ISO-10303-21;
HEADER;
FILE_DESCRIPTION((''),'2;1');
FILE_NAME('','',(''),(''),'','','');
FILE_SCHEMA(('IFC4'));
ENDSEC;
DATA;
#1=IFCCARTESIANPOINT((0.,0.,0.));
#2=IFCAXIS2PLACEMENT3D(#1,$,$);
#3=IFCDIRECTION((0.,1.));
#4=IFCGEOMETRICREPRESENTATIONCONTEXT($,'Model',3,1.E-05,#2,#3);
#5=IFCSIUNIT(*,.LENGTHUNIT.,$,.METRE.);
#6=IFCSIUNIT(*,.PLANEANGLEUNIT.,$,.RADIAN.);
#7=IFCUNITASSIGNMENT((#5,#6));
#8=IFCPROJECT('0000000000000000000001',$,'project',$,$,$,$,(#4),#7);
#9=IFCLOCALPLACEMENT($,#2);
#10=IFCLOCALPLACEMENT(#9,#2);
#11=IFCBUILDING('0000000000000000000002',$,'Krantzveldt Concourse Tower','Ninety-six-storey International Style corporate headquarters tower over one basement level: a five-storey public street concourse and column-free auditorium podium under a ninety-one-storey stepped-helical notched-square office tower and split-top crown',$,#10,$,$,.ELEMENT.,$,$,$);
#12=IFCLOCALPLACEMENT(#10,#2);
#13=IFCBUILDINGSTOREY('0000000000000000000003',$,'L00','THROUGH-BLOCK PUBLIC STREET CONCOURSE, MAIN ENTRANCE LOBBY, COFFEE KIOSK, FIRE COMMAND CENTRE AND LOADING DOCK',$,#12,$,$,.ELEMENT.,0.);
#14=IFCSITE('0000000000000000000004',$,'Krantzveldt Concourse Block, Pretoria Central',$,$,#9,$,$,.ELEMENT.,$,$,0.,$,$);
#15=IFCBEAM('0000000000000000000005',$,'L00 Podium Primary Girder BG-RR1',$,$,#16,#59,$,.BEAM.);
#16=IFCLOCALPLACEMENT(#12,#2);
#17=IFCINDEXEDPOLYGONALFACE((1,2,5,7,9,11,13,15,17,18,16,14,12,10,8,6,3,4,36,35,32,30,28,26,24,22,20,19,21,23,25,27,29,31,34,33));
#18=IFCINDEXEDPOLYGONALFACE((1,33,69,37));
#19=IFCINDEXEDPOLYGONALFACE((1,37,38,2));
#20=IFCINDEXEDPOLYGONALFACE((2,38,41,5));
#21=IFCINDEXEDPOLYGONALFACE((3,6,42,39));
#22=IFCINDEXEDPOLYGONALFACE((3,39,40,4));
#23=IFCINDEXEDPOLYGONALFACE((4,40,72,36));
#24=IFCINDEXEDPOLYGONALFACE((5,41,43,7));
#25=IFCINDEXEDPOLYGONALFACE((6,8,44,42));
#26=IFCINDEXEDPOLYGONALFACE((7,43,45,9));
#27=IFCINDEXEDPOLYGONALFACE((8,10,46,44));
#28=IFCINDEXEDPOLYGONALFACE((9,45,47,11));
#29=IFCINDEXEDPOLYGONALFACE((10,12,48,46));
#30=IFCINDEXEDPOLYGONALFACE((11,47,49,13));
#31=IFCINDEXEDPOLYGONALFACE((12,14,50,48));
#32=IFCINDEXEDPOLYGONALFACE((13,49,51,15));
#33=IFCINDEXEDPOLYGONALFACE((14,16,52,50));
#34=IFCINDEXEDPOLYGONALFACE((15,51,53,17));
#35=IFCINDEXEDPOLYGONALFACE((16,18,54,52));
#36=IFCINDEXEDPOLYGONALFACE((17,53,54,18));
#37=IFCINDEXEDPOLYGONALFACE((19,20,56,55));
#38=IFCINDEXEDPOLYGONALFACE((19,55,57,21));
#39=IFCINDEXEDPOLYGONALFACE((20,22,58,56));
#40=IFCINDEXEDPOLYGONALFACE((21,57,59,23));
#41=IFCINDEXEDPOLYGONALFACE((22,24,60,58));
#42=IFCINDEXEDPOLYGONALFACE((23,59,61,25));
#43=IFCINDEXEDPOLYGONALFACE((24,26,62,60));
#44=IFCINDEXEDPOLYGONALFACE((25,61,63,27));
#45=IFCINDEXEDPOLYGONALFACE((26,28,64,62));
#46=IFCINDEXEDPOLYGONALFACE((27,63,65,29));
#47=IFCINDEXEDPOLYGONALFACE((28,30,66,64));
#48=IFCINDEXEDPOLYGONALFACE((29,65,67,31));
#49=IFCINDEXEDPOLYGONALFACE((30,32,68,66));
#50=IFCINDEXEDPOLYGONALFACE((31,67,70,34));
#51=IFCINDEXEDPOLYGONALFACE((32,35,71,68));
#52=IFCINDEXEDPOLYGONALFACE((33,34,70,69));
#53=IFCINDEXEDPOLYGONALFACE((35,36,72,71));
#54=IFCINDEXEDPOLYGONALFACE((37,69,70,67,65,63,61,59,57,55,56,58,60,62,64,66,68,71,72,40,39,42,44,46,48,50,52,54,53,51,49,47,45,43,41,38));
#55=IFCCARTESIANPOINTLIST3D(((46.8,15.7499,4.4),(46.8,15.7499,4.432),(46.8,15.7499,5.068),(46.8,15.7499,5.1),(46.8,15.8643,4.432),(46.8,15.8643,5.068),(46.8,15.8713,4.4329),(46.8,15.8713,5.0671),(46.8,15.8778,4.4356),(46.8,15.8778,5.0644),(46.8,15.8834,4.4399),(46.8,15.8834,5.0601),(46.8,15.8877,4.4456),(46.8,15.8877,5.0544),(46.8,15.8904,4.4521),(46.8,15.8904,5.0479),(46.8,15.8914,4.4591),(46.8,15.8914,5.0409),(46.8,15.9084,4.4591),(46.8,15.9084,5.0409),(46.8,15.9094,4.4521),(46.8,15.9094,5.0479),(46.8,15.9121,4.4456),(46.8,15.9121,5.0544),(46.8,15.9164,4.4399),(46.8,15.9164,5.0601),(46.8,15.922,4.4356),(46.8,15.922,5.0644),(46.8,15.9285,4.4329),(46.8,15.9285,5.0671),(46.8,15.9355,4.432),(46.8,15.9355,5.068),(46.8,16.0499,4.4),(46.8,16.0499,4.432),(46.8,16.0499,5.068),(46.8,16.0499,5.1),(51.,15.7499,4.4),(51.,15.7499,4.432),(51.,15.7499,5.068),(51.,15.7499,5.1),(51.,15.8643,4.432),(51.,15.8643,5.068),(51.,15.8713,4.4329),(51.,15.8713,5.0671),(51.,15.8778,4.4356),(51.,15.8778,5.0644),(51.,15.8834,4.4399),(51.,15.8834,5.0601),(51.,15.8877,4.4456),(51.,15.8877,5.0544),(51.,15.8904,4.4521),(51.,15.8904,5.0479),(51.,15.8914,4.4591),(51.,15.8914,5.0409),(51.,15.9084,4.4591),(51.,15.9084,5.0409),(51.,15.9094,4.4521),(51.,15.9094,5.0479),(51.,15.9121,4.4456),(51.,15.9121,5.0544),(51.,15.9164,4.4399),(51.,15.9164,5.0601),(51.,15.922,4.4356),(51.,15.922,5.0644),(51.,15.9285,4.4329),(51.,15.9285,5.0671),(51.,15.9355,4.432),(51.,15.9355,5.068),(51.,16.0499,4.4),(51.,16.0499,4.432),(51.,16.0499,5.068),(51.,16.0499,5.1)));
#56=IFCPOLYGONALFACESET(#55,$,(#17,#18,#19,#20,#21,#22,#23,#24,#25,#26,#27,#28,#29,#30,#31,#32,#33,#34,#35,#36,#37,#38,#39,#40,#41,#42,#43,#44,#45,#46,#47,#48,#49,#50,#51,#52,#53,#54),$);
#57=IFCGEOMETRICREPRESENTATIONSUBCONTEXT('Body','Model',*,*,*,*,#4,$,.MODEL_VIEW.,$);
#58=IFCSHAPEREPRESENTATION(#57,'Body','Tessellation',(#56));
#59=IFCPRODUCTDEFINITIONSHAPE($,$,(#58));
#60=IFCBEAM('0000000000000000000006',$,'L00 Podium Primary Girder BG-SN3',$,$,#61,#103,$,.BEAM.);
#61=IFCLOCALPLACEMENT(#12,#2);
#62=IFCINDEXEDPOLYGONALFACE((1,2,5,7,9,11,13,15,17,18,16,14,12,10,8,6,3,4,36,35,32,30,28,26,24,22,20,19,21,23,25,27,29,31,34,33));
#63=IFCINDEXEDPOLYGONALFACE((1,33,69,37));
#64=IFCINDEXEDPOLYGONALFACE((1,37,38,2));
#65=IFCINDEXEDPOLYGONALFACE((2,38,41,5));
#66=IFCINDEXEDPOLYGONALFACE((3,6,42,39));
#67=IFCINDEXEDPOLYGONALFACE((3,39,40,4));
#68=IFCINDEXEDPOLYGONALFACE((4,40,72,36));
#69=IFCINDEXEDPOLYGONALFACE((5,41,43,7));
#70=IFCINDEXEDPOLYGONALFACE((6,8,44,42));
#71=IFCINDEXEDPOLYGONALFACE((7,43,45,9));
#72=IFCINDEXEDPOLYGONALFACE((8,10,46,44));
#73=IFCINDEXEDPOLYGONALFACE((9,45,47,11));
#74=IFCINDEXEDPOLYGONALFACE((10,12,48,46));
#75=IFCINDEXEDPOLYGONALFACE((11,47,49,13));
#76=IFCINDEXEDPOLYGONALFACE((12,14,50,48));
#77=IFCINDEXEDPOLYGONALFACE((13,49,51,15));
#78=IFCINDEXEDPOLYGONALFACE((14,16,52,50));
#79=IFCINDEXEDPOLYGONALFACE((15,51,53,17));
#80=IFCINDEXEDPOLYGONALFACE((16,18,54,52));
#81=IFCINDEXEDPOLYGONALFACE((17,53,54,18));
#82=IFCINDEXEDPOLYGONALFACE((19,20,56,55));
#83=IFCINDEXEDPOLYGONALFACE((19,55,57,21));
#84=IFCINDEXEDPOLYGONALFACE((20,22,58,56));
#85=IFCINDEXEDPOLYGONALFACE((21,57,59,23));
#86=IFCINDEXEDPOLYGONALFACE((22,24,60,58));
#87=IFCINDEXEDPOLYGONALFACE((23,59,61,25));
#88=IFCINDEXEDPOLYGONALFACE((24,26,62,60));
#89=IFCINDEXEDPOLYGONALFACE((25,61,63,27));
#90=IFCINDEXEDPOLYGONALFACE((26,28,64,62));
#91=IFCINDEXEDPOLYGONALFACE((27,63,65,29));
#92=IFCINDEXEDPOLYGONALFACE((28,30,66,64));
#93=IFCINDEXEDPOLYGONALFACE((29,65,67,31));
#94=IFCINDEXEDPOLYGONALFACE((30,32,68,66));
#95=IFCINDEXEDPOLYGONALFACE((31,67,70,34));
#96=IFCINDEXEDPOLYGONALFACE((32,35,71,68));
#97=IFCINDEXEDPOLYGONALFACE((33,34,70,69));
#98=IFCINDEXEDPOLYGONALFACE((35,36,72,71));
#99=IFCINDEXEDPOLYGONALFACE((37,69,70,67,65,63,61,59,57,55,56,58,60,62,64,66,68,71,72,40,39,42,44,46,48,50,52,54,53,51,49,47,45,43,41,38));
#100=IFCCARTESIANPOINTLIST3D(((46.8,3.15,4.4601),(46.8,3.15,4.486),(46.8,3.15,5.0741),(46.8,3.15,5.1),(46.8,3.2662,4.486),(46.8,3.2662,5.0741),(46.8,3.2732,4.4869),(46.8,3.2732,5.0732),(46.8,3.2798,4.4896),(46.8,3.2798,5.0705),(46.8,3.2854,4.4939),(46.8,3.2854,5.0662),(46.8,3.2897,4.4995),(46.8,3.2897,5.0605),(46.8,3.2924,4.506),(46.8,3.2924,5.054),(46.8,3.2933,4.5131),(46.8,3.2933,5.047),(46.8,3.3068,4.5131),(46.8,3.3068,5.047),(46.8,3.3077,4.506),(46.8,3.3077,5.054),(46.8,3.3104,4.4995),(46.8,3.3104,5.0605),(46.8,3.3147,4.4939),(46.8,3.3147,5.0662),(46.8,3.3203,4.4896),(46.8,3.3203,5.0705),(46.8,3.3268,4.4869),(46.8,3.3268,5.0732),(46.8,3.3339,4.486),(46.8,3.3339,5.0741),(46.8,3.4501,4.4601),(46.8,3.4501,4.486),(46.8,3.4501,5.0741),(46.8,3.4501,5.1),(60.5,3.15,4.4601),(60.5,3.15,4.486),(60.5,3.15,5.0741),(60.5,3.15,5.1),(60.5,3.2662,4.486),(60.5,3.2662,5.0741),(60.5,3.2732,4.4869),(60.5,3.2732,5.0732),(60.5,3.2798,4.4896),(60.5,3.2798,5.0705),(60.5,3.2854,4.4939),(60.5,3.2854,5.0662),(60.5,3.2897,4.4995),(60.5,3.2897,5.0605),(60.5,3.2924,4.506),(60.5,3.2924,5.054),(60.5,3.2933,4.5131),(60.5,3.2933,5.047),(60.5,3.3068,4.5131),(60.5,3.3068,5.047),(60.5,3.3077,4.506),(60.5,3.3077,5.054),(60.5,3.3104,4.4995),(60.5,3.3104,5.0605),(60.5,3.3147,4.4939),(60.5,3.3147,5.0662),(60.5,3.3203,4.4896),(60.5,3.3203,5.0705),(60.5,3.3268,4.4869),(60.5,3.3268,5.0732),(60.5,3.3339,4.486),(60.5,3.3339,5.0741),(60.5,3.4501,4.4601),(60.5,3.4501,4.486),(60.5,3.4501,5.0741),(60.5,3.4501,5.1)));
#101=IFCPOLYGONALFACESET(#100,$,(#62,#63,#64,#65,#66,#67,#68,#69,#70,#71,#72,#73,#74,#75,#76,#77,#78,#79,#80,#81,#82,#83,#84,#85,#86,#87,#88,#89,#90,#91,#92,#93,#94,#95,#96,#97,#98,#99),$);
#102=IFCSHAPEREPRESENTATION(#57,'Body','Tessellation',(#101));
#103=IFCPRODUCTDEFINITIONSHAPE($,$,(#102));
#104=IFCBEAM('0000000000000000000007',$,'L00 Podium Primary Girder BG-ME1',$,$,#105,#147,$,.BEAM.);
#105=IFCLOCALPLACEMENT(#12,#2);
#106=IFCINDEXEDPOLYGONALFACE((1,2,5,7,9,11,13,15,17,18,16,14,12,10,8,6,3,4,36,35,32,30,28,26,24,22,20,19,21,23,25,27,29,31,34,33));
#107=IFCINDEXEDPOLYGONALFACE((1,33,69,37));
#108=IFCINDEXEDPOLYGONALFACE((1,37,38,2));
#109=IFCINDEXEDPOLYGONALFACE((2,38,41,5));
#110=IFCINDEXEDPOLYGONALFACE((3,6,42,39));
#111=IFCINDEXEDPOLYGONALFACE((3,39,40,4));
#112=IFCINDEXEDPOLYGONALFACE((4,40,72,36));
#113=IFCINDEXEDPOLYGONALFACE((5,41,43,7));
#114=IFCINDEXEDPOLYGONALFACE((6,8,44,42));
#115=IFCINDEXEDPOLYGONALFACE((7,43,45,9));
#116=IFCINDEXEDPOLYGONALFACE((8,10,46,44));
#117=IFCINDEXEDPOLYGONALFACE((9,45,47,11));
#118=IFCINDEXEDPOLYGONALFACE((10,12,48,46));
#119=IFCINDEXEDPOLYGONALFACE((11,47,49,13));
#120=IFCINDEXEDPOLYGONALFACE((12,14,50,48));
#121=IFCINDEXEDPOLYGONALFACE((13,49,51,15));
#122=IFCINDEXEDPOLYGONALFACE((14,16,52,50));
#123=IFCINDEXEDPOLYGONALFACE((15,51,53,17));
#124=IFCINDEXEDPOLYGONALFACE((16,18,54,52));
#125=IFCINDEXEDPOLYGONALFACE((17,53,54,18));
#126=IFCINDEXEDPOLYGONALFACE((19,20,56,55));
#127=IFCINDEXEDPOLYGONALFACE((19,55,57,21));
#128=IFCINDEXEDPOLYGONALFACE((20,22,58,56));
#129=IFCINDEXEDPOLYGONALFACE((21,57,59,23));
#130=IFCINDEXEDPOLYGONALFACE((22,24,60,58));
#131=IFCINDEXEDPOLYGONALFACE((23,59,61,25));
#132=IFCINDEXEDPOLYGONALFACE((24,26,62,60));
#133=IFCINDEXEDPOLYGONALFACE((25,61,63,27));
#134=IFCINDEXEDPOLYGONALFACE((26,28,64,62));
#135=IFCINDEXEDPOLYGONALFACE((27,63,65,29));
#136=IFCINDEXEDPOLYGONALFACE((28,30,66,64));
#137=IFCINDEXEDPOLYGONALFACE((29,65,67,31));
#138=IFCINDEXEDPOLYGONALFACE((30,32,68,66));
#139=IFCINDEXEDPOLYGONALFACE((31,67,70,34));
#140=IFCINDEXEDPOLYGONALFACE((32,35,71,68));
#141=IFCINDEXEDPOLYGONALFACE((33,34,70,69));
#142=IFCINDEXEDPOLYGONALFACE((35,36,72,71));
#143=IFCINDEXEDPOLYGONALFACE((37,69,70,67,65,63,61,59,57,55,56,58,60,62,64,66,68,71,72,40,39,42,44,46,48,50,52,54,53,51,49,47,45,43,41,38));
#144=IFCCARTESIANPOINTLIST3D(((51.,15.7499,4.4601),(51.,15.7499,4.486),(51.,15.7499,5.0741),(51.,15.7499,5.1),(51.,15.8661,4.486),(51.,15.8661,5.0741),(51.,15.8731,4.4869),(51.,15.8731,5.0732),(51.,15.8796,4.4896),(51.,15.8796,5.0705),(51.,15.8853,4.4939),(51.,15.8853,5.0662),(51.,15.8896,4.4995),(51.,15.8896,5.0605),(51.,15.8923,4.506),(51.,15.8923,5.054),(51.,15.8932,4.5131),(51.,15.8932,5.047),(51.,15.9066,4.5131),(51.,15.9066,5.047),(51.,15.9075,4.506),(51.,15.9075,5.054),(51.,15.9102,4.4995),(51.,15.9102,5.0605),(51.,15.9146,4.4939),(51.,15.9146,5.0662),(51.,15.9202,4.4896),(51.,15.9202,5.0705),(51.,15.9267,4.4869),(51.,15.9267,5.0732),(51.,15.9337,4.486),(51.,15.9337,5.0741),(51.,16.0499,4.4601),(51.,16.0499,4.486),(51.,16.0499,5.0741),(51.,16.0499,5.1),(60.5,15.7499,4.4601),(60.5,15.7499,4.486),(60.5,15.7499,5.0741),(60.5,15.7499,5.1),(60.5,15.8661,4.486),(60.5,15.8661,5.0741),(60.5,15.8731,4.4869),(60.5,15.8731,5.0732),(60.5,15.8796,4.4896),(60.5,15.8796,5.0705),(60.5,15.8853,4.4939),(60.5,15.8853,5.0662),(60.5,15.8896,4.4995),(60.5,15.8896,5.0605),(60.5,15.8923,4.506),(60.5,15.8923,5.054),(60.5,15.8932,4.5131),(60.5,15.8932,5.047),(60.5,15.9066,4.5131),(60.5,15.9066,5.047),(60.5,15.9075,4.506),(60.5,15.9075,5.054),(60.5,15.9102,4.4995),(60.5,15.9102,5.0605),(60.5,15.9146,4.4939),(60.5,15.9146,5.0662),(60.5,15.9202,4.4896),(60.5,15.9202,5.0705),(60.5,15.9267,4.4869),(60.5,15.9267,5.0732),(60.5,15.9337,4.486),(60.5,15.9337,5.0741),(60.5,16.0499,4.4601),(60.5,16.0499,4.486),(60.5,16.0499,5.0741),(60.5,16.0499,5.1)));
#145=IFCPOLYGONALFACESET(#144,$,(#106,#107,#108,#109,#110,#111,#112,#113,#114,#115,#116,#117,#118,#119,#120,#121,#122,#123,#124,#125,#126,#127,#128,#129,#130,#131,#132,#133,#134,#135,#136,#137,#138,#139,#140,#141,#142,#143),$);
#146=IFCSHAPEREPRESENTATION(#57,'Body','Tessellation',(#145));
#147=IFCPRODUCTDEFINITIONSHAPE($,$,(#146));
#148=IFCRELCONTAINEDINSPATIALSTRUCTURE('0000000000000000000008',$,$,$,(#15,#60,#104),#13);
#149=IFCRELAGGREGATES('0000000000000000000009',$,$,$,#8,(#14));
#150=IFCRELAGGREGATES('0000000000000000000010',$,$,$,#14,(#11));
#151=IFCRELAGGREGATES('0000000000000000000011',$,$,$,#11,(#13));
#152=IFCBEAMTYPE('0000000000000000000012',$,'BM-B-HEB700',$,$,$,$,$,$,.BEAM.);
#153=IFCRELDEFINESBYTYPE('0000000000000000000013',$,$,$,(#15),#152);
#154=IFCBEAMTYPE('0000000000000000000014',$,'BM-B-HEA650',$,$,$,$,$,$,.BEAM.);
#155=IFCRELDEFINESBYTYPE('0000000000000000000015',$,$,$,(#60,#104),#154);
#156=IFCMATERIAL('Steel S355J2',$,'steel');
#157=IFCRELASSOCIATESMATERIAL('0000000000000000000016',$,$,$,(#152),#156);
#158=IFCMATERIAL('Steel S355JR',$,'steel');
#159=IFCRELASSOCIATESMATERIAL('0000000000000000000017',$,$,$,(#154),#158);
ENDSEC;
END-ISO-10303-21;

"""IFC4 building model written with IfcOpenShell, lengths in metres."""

from ifc_helpers import new_model, si_unit, direction, frame, origin, origin_2d, place, context, subcontext, project, spatial, i_section, extrude, source, transform, mapped, material, material_profile, profile_set, type_object, type_shapes, element, save


model = new_model("IFC4")

# Units and contexts
model_context = context("Model", 3, precision=1e-05, world=origin(), true_north=direction((0.0, 1.0)))
body_context = subcontext(model_context, "Body", "Model", "MODEL_VIEW")
ifc_project = project(units=[si_unit("LENGTHUNIT", "METRE"), si_unit("PLANEANGLEUNIT", "RADIAN")], contexts=[model_context])

# Site, building, storey
site_placement = place(None, origin())
site = spatial("IfcSite", under=ifc_project, at=site_placement, Name="Krantzveldt Concourse Block, Pretoria Central", CompositionType="ELEMENT", RefElevation=0.0)
building_placement = place(site_placement, origin())
building = spatial("IfcBuilding", under=site, at=building_placement, Name="Krantzveldt Concourse Tower", Description="Ninety-six-storey International Style corporate headquarters tower over one basement level: a five-storey public street concourse and column-free auditorium podium under a ninety-one-storey stepped-helical notched-square office tower and split-top crown", CompositionType="ELEMENT")
storey_placement = place(building_placement, origin())
storey = spatial("IfcBuildingStorey", under=building, at=storey_placement, Name="L00", Description="THROUGH-BLOCK PUBLIC STREET CONCOURSE, MAIN ENTRANCE LOBBY, COFFEE KIOSK, FIRE COMMAND CENTRE AND LOADING DOCK", CompositionType="ELEMENT", Elevation=0.0)

# Shared definitions
ifc_material_1 = material(Name="Steel S355J2", Category="steel")

# Beams
ifc_material_2 = material(Name="Steel S355JR", Category="steel")
ifc_material_profile_1 = material_profile(ifc_material_1, i_section(OverallWidth=0.3, OverallDepth=0.7, WebThickness=0.0171, FlangeThickness=0.032, FilletRadius=0.0271, at=origin_2d()), Name="Steel S355J2", Category="steel")
ifc_profile_set_1 = profile_set([ifc_material_profile_1], Name="Steel S355J2 - HEB 700")
beam_type_1 = type_object("IfcBeamType", Name="BM-B-HEB700", PredefinedType="BEAM", material=ifc_profile_set_1)
shared_shape_1 = source(origin(), body_context, "Body", "SweptSolid", [
    extrude(i_section(OverallWidth=0.3, OverallDepth=0.7, WebThickness=0.0171, FlangeThickness=0.032, FilletRadius=0.0271, at=origin_2d()), origin(), (0.0, 0.0, 1.0), 4.2),
])
type_shapes(beam_type_1, [shared_shape_1])
beam_1_placement = place(storey_placement, frame((46.8, 15.8999, 4.75), z_axis=(1.0, 0.0, 0.0), x_axis=(0.0, 1.0, 0.0)))
element("IfcBeam", 1, at=beam_1_placement, inside=storey, type_object=beam_type_1, Name="L00 Podium Primary Girder BG-RR1", PredefinedType="BEAM", context=body_context, shape_type="MappedRepresentation", body=[
    mapped(shared_shape_1, transform((0.0, 0.0, 0.0), x_axis=(1.0, 0.0, 0.0), y_axis=(0.0, 1.0, 0.0), z_axis=(0.0, 0.0, 1.0), scale=1.0)),
])
ifc_material_profile_2 = material_profile(ifc_material_2, i_section(OverallWidth=0.3, OverallDepth=0.6399, WebThickness=0.0134, FlangeThickness=0.0259, FilletRadius=0.0271, at=origin_2d()), Name="Steel S355JR", Category="steel")
ifc_profile_set_2 = profile_set([ifc_material_profile_2], Name="Steel S355JR - HEA 650")
beam_type_2 = type_object("IfcBeamType", Name="BM-B-HEA650", PredefinedType="BEAM", material=ifc_profile_set_2)
shared_shape_2 = source(origin(), body_context, "Body", "SweptSolid", [
    extrude(i_section(OverallWidth=0.3, OverallDepth=0.6399, WebThickness=0.0134, FlangeThickness=0.0259, FilletRadius=0.0271, at=origin_2d()), origin(), (0.0, 0.0, 1.0), 13.7),
])
beam_2_placement = place(storey_placement, frame((46.8, 3.3, 4.78), z_axis=(1.0, 0.0, 0.0), x_axis=(0.0, 1.0, 0.0)))
element("IfcBeam", 2, at=beam_2_placement, inside=storey, type_object=beam_type_2, Name="L00 Podium Primary Girder BG-SN3", PredefinedType="BEAM", context=body_context, shape_type="MappedRepresentation", body=[
    mapped(shared_shape_2, transform((0.0, 0.0, 0.0), x_axis=(1.0, 0.0, 0.0), y_axis=(0.0, 1.0, 0.0), z_axis=(0.0, 0.0, 1.0), scale=1.0)),
])
shared_shape_3 = source(origin(), body_context, "Body", "SweptSolid", [
    extrude(i_section(OverallWidth=0.3, OverallDepth=0.6399, WebThickness=0.0134, FlangeThickness=0.0259, FilletRadius=0.0271, at=origin_2d()), origin(), (0.0, 0.0, 1.0), 9.5),
])
type_shapes(beam_type_2, [shared_shape_2, shared_shape_3])
beam_3_placement = place(storey_placement, frame((51.0, 15.8999, 4.78), z_axis=(1.0, 0.0, 0.0), x_axis=(0.0, 1.0, 0.0)))
element("IfcBeam", 3, at=beam_3_placement, inside=storey, type_object=beam_type_2, Name="L00 Podium Primary Girder BG-ME1", PredefinedType="BEAM", context=body_context, shape_type="MappedRepresentation", body=[
    mapped(shared_shape_3, transform((0.0, 0.0, 0.0), x_axis=(1.0, 0.0, 0.0), y_axis=(0.0, 1.0, 0.0), z_axis=(0.0, 0.0, 1.0), scale=1.0)),
])

save(model, "model.ifc")
